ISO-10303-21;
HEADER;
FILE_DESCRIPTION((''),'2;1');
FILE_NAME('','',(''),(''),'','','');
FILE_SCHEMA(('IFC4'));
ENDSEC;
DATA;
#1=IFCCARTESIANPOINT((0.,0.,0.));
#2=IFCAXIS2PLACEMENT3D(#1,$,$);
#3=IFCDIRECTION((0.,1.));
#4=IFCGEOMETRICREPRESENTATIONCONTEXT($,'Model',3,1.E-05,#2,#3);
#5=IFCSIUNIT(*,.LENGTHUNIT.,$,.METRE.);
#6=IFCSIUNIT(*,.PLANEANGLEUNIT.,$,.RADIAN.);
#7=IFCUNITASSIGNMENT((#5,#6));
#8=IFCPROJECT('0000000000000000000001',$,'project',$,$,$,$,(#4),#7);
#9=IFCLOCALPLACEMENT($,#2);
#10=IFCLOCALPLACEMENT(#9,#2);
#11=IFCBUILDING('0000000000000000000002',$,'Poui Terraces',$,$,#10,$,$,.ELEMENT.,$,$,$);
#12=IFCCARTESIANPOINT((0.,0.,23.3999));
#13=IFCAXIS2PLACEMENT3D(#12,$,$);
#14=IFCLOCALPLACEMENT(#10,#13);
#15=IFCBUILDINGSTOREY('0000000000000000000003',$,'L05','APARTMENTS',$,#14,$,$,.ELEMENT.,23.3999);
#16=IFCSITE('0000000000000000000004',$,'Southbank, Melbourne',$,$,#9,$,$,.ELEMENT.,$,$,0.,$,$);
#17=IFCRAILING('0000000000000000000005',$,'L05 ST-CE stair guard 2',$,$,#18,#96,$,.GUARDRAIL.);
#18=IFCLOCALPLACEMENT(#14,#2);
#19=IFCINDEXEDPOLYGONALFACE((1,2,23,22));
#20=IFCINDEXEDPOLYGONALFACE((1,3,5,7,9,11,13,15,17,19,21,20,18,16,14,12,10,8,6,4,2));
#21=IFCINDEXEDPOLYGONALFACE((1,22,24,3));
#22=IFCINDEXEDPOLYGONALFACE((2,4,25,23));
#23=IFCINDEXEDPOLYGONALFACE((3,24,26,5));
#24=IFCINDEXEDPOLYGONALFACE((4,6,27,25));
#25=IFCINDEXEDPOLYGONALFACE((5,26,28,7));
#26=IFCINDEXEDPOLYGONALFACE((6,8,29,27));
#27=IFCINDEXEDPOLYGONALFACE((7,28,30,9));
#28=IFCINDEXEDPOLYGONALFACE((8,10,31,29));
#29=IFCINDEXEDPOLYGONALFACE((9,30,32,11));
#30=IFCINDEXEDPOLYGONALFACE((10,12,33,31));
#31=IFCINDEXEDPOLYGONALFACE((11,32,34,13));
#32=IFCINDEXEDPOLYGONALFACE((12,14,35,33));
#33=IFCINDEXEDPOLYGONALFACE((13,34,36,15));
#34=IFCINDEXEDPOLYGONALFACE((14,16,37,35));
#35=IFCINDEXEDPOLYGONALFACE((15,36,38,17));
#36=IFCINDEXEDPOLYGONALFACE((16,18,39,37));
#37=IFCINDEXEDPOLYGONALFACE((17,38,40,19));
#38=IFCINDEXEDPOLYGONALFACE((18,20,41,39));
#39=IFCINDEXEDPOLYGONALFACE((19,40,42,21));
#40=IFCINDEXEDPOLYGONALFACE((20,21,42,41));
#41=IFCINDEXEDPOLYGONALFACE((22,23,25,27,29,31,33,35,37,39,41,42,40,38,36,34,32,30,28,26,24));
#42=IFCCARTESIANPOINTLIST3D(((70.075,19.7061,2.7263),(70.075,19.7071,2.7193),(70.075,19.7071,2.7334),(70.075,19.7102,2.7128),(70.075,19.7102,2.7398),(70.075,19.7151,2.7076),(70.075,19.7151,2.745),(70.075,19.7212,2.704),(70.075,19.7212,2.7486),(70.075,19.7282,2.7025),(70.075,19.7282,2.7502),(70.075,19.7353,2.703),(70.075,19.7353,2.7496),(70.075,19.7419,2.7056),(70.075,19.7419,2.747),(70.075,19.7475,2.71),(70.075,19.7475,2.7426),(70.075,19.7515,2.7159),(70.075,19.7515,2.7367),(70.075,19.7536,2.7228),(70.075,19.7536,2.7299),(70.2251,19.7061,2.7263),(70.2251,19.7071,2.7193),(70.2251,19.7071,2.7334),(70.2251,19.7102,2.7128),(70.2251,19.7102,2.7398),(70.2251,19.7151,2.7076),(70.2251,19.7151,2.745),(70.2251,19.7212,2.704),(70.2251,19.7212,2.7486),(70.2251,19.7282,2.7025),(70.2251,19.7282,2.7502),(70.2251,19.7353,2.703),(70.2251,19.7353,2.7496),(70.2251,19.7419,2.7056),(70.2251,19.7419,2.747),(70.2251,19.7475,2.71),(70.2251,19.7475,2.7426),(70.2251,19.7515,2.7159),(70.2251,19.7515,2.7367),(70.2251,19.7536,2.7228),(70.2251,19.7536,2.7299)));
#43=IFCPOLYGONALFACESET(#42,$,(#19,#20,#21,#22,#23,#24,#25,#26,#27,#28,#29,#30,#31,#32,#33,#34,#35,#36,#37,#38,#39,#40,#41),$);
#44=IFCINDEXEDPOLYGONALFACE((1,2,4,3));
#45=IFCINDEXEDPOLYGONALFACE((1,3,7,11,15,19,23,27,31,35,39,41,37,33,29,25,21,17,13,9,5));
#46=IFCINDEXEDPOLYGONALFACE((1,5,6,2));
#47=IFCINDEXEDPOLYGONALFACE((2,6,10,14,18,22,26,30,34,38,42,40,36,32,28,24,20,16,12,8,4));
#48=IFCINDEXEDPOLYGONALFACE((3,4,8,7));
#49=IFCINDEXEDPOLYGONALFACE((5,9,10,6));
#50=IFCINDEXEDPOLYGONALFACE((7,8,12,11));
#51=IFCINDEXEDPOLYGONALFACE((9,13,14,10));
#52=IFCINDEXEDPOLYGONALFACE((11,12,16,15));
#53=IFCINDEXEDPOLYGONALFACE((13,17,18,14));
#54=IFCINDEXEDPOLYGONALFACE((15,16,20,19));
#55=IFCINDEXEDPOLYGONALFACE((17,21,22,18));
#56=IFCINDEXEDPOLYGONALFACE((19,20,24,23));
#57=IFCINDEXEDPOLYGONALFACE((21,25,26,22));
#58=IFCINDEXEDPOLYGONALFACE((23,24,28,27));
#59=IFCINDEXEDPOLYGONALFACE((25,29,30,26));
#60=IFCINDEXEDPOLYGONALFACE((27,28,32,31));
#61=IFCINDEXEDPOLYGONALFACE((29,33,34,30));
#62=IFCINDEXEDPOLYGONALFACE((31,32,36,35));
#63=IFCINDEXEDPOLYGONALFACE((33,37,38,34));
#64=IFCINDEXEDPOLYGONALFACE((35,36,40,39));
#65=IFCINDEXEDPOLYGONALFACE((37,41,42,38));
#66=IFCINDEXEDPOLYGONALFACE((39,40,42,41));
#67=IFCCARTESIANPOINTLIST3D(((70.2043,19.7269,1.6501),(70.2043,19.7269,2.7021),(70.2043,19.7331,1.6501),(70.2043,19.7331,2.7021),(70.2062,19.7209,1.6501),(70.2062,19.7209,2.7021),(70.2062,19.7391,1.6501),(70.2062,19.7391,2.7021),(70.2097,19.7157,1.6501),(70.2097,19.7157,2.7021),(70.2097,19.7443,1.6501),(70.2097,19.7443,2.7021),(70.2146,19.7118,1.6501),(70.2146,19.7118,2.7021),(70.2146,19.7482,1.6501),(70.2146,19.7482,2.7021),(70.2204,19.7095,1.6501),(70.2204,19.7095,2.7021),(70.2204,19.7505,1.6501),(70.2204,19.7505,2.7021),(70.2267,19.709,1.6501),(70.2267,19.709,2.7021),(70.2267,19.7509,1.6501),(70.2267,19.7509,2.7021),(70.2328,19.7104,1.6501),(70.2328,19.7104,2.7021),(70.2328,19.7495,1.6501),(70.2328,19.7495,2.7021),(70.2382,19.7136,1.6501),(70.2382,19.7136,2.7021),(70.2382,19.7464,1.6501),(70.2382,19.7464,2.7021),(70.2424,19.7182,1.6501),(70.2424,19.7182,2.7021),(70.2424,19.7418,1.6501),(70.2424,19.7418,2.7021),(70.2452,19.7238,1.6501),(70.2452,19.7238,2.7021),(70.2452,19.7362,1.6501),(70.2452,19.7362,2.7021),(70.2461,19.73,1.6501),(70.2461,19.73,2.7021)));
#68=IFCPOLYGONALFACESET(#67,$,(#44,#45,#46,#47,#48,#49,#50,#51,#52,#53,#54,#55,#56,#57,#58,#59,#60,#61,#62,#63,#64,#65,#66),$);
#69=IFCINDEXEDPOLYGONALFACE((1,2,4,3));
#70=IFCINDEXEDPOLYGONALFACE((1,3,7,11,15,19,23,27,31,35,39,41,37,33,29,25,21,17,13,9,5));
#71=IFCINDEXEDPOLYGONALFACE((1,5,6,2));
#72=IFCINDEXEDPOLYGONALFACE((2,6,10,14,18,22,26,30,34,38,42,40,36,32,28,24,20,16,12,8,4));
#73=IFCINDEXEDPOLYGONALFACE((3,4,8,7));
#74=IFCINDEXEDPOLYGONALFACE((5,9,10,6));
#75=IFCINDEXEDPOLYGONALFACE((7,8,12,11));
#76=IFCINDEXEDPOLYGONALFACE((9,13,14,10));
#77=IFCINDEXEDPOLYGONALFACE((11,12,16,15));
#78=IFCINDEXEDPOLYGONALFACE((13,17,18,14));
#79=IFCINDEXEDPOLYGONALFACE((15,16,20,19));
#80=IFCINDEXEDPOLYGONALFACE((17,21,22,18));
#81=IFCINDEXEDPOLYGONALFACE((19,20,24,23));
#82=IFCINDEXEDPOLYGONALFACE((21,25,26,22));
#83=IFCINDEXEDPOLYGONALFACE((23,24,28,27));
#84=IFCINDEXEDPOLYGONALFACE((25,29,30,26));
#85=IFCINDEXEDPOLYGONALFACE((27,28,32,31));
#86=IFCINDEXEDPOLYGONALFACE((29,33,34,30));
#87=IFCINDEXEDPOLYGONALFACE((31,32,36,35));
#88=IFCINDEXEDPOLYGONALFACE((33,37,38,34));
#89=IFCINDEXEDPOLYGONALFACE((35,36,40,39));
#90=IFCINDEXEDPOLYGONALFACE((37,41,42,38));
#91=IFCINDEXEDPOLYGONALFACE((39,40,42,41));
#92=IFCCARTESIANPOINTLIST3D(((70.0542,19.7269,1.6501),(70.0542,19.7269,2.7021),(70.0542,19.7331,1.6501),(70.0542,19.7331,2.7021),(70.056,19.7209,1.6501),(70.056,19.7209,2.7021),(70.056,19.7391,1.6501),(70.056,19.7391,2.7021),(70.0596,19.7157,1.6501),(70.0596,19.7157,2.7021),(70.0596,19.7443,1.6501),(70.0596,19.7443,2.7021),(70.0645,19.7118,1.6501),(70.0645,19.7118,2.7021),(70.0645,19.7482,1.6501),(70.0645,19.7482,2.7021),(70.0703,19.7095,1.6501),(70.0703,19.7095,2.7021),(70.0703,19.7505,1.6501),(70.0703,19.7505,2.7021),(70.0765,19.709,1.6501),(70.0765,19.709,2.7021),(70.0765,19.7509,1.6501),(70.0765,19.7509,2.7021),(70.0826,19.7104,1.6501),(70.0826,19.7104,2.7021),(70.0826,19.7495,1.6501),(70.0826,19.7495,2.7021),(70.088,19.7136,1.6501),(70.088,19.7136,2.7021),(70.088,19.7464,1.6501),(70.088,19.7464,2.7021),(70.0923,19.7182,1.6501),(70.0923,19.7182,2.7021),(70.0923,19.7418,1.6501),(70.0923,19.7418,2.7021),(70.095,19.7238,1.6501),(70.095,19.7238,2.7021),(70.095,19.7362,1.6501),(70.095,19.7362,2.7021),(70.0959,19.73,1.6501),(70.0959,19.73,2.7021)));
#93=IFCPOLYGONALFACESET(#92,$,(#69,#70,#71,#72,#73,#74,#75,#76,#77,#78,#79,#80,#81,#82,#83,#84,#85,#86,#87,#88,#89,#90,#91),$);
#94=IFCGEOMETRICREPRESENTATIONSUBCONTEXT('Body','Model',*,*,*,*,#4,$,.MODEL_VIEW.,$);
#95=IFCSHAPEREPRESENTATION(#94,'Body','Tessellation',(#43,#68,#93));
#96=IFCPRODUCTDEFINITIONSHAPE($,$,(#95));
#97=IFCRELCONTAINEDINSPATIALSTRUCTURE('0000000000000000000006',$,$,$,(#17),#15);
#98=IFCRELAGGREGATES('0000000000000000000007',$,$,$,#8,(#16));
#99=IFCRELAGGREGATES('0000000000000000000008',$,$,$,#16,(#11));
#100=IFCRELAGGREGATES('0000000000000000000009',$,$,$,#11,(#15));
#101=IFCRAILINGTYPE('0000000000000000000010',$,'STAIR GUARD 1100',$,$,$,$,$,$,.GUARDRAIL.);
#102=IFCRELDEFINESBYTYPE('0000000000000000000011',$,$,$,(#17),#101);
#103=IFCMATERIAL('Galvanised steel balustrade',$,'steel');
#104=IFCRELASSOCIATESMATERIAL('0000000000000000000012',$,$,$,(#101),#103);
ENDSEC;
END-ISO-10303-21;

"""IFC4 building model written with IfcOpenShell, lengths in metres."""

from ifc_helpers import new_model, si_unit, direction, frame, origin, origin_2d, place, context, subcontext, project, spatial, circle, extrude, material, type_object, element, save


model = new_model("IFC4")

# Units and contexts
model_context = context("Model", 3, precision=1e-05, world=origin(), true_north=direction((0.0, 1.0)))
body_context = subcontext(model_context, "Body", "Model", "MODEL_VIEW")
ifc_project = project(units=[si_unit("LENGTHUNIT", "METRE"), si_unit("PLANEANGLEUNIT", "RADIAN")], contexts=[model_context])

# Site, building, storey
site_placement = place(None, origin())
site = spatial("IfcSite", under=ifc_project, at=site_placement, Name="Southbank, Melbourne", CompositionType="ELEMENT", RefElevation=0.0)
building_placement = place(site_placement, origin())
building = spatial("IfcBuilding", under=site, at=building_placement, Name="Poui Terraces", CompositionType="ELEMENT")
storey_placement = place(building_placement, frame((0.0, 0.0, 23.3999)))
storey = spatial("IfcBuildingStorey", under=building, at=storey_placement, Name="L05", Description="APARTMENTS", CompositionType="ELEMENT", Elevation=23.3999)

# Railing
ifc_material_1 = material(Name="Galvanised steel balustrade", Category="steel")
railing_type_1 = type_object("IfcRailingType", Name="STAIR GUARD 1100", PredefinedType="GUARDRAIL", material=ifc_material_1)
railing_1_placement = place(storey_placement, frame((70.2251, 19.73, 1.6501)))
element("IfcRailing", 1, at=railing_1_placement, inside=storey, type_object=railing_type_1, Name="L05 ST-CE stair guard 2", PredefinedType="GUARDRAIL", context=body_context, shape_type="SweptSolid", body=[
    extrude(circle(Radius=0.0239, at=origin_2d()), frame((0.0, 0.0, 1.0762), z_axis=(-1.0, 0.0, 0.0), x_axis=(0.0, -1.0, 0.0)), (0.0, 0.0, 1.0), 0.1501),
    extrude(circle(Radius=0.021, at=origin_2d()), origin(), (0.0, 0.0, 1.0), 1.052),
    extrude(circle(Radius=0.021, at=origin_2d()), frame((-0.1501, 0.0, 0.0)), (0.0, 0.0, 1.0), 1.052),
])

save(model, "model.ifc")
